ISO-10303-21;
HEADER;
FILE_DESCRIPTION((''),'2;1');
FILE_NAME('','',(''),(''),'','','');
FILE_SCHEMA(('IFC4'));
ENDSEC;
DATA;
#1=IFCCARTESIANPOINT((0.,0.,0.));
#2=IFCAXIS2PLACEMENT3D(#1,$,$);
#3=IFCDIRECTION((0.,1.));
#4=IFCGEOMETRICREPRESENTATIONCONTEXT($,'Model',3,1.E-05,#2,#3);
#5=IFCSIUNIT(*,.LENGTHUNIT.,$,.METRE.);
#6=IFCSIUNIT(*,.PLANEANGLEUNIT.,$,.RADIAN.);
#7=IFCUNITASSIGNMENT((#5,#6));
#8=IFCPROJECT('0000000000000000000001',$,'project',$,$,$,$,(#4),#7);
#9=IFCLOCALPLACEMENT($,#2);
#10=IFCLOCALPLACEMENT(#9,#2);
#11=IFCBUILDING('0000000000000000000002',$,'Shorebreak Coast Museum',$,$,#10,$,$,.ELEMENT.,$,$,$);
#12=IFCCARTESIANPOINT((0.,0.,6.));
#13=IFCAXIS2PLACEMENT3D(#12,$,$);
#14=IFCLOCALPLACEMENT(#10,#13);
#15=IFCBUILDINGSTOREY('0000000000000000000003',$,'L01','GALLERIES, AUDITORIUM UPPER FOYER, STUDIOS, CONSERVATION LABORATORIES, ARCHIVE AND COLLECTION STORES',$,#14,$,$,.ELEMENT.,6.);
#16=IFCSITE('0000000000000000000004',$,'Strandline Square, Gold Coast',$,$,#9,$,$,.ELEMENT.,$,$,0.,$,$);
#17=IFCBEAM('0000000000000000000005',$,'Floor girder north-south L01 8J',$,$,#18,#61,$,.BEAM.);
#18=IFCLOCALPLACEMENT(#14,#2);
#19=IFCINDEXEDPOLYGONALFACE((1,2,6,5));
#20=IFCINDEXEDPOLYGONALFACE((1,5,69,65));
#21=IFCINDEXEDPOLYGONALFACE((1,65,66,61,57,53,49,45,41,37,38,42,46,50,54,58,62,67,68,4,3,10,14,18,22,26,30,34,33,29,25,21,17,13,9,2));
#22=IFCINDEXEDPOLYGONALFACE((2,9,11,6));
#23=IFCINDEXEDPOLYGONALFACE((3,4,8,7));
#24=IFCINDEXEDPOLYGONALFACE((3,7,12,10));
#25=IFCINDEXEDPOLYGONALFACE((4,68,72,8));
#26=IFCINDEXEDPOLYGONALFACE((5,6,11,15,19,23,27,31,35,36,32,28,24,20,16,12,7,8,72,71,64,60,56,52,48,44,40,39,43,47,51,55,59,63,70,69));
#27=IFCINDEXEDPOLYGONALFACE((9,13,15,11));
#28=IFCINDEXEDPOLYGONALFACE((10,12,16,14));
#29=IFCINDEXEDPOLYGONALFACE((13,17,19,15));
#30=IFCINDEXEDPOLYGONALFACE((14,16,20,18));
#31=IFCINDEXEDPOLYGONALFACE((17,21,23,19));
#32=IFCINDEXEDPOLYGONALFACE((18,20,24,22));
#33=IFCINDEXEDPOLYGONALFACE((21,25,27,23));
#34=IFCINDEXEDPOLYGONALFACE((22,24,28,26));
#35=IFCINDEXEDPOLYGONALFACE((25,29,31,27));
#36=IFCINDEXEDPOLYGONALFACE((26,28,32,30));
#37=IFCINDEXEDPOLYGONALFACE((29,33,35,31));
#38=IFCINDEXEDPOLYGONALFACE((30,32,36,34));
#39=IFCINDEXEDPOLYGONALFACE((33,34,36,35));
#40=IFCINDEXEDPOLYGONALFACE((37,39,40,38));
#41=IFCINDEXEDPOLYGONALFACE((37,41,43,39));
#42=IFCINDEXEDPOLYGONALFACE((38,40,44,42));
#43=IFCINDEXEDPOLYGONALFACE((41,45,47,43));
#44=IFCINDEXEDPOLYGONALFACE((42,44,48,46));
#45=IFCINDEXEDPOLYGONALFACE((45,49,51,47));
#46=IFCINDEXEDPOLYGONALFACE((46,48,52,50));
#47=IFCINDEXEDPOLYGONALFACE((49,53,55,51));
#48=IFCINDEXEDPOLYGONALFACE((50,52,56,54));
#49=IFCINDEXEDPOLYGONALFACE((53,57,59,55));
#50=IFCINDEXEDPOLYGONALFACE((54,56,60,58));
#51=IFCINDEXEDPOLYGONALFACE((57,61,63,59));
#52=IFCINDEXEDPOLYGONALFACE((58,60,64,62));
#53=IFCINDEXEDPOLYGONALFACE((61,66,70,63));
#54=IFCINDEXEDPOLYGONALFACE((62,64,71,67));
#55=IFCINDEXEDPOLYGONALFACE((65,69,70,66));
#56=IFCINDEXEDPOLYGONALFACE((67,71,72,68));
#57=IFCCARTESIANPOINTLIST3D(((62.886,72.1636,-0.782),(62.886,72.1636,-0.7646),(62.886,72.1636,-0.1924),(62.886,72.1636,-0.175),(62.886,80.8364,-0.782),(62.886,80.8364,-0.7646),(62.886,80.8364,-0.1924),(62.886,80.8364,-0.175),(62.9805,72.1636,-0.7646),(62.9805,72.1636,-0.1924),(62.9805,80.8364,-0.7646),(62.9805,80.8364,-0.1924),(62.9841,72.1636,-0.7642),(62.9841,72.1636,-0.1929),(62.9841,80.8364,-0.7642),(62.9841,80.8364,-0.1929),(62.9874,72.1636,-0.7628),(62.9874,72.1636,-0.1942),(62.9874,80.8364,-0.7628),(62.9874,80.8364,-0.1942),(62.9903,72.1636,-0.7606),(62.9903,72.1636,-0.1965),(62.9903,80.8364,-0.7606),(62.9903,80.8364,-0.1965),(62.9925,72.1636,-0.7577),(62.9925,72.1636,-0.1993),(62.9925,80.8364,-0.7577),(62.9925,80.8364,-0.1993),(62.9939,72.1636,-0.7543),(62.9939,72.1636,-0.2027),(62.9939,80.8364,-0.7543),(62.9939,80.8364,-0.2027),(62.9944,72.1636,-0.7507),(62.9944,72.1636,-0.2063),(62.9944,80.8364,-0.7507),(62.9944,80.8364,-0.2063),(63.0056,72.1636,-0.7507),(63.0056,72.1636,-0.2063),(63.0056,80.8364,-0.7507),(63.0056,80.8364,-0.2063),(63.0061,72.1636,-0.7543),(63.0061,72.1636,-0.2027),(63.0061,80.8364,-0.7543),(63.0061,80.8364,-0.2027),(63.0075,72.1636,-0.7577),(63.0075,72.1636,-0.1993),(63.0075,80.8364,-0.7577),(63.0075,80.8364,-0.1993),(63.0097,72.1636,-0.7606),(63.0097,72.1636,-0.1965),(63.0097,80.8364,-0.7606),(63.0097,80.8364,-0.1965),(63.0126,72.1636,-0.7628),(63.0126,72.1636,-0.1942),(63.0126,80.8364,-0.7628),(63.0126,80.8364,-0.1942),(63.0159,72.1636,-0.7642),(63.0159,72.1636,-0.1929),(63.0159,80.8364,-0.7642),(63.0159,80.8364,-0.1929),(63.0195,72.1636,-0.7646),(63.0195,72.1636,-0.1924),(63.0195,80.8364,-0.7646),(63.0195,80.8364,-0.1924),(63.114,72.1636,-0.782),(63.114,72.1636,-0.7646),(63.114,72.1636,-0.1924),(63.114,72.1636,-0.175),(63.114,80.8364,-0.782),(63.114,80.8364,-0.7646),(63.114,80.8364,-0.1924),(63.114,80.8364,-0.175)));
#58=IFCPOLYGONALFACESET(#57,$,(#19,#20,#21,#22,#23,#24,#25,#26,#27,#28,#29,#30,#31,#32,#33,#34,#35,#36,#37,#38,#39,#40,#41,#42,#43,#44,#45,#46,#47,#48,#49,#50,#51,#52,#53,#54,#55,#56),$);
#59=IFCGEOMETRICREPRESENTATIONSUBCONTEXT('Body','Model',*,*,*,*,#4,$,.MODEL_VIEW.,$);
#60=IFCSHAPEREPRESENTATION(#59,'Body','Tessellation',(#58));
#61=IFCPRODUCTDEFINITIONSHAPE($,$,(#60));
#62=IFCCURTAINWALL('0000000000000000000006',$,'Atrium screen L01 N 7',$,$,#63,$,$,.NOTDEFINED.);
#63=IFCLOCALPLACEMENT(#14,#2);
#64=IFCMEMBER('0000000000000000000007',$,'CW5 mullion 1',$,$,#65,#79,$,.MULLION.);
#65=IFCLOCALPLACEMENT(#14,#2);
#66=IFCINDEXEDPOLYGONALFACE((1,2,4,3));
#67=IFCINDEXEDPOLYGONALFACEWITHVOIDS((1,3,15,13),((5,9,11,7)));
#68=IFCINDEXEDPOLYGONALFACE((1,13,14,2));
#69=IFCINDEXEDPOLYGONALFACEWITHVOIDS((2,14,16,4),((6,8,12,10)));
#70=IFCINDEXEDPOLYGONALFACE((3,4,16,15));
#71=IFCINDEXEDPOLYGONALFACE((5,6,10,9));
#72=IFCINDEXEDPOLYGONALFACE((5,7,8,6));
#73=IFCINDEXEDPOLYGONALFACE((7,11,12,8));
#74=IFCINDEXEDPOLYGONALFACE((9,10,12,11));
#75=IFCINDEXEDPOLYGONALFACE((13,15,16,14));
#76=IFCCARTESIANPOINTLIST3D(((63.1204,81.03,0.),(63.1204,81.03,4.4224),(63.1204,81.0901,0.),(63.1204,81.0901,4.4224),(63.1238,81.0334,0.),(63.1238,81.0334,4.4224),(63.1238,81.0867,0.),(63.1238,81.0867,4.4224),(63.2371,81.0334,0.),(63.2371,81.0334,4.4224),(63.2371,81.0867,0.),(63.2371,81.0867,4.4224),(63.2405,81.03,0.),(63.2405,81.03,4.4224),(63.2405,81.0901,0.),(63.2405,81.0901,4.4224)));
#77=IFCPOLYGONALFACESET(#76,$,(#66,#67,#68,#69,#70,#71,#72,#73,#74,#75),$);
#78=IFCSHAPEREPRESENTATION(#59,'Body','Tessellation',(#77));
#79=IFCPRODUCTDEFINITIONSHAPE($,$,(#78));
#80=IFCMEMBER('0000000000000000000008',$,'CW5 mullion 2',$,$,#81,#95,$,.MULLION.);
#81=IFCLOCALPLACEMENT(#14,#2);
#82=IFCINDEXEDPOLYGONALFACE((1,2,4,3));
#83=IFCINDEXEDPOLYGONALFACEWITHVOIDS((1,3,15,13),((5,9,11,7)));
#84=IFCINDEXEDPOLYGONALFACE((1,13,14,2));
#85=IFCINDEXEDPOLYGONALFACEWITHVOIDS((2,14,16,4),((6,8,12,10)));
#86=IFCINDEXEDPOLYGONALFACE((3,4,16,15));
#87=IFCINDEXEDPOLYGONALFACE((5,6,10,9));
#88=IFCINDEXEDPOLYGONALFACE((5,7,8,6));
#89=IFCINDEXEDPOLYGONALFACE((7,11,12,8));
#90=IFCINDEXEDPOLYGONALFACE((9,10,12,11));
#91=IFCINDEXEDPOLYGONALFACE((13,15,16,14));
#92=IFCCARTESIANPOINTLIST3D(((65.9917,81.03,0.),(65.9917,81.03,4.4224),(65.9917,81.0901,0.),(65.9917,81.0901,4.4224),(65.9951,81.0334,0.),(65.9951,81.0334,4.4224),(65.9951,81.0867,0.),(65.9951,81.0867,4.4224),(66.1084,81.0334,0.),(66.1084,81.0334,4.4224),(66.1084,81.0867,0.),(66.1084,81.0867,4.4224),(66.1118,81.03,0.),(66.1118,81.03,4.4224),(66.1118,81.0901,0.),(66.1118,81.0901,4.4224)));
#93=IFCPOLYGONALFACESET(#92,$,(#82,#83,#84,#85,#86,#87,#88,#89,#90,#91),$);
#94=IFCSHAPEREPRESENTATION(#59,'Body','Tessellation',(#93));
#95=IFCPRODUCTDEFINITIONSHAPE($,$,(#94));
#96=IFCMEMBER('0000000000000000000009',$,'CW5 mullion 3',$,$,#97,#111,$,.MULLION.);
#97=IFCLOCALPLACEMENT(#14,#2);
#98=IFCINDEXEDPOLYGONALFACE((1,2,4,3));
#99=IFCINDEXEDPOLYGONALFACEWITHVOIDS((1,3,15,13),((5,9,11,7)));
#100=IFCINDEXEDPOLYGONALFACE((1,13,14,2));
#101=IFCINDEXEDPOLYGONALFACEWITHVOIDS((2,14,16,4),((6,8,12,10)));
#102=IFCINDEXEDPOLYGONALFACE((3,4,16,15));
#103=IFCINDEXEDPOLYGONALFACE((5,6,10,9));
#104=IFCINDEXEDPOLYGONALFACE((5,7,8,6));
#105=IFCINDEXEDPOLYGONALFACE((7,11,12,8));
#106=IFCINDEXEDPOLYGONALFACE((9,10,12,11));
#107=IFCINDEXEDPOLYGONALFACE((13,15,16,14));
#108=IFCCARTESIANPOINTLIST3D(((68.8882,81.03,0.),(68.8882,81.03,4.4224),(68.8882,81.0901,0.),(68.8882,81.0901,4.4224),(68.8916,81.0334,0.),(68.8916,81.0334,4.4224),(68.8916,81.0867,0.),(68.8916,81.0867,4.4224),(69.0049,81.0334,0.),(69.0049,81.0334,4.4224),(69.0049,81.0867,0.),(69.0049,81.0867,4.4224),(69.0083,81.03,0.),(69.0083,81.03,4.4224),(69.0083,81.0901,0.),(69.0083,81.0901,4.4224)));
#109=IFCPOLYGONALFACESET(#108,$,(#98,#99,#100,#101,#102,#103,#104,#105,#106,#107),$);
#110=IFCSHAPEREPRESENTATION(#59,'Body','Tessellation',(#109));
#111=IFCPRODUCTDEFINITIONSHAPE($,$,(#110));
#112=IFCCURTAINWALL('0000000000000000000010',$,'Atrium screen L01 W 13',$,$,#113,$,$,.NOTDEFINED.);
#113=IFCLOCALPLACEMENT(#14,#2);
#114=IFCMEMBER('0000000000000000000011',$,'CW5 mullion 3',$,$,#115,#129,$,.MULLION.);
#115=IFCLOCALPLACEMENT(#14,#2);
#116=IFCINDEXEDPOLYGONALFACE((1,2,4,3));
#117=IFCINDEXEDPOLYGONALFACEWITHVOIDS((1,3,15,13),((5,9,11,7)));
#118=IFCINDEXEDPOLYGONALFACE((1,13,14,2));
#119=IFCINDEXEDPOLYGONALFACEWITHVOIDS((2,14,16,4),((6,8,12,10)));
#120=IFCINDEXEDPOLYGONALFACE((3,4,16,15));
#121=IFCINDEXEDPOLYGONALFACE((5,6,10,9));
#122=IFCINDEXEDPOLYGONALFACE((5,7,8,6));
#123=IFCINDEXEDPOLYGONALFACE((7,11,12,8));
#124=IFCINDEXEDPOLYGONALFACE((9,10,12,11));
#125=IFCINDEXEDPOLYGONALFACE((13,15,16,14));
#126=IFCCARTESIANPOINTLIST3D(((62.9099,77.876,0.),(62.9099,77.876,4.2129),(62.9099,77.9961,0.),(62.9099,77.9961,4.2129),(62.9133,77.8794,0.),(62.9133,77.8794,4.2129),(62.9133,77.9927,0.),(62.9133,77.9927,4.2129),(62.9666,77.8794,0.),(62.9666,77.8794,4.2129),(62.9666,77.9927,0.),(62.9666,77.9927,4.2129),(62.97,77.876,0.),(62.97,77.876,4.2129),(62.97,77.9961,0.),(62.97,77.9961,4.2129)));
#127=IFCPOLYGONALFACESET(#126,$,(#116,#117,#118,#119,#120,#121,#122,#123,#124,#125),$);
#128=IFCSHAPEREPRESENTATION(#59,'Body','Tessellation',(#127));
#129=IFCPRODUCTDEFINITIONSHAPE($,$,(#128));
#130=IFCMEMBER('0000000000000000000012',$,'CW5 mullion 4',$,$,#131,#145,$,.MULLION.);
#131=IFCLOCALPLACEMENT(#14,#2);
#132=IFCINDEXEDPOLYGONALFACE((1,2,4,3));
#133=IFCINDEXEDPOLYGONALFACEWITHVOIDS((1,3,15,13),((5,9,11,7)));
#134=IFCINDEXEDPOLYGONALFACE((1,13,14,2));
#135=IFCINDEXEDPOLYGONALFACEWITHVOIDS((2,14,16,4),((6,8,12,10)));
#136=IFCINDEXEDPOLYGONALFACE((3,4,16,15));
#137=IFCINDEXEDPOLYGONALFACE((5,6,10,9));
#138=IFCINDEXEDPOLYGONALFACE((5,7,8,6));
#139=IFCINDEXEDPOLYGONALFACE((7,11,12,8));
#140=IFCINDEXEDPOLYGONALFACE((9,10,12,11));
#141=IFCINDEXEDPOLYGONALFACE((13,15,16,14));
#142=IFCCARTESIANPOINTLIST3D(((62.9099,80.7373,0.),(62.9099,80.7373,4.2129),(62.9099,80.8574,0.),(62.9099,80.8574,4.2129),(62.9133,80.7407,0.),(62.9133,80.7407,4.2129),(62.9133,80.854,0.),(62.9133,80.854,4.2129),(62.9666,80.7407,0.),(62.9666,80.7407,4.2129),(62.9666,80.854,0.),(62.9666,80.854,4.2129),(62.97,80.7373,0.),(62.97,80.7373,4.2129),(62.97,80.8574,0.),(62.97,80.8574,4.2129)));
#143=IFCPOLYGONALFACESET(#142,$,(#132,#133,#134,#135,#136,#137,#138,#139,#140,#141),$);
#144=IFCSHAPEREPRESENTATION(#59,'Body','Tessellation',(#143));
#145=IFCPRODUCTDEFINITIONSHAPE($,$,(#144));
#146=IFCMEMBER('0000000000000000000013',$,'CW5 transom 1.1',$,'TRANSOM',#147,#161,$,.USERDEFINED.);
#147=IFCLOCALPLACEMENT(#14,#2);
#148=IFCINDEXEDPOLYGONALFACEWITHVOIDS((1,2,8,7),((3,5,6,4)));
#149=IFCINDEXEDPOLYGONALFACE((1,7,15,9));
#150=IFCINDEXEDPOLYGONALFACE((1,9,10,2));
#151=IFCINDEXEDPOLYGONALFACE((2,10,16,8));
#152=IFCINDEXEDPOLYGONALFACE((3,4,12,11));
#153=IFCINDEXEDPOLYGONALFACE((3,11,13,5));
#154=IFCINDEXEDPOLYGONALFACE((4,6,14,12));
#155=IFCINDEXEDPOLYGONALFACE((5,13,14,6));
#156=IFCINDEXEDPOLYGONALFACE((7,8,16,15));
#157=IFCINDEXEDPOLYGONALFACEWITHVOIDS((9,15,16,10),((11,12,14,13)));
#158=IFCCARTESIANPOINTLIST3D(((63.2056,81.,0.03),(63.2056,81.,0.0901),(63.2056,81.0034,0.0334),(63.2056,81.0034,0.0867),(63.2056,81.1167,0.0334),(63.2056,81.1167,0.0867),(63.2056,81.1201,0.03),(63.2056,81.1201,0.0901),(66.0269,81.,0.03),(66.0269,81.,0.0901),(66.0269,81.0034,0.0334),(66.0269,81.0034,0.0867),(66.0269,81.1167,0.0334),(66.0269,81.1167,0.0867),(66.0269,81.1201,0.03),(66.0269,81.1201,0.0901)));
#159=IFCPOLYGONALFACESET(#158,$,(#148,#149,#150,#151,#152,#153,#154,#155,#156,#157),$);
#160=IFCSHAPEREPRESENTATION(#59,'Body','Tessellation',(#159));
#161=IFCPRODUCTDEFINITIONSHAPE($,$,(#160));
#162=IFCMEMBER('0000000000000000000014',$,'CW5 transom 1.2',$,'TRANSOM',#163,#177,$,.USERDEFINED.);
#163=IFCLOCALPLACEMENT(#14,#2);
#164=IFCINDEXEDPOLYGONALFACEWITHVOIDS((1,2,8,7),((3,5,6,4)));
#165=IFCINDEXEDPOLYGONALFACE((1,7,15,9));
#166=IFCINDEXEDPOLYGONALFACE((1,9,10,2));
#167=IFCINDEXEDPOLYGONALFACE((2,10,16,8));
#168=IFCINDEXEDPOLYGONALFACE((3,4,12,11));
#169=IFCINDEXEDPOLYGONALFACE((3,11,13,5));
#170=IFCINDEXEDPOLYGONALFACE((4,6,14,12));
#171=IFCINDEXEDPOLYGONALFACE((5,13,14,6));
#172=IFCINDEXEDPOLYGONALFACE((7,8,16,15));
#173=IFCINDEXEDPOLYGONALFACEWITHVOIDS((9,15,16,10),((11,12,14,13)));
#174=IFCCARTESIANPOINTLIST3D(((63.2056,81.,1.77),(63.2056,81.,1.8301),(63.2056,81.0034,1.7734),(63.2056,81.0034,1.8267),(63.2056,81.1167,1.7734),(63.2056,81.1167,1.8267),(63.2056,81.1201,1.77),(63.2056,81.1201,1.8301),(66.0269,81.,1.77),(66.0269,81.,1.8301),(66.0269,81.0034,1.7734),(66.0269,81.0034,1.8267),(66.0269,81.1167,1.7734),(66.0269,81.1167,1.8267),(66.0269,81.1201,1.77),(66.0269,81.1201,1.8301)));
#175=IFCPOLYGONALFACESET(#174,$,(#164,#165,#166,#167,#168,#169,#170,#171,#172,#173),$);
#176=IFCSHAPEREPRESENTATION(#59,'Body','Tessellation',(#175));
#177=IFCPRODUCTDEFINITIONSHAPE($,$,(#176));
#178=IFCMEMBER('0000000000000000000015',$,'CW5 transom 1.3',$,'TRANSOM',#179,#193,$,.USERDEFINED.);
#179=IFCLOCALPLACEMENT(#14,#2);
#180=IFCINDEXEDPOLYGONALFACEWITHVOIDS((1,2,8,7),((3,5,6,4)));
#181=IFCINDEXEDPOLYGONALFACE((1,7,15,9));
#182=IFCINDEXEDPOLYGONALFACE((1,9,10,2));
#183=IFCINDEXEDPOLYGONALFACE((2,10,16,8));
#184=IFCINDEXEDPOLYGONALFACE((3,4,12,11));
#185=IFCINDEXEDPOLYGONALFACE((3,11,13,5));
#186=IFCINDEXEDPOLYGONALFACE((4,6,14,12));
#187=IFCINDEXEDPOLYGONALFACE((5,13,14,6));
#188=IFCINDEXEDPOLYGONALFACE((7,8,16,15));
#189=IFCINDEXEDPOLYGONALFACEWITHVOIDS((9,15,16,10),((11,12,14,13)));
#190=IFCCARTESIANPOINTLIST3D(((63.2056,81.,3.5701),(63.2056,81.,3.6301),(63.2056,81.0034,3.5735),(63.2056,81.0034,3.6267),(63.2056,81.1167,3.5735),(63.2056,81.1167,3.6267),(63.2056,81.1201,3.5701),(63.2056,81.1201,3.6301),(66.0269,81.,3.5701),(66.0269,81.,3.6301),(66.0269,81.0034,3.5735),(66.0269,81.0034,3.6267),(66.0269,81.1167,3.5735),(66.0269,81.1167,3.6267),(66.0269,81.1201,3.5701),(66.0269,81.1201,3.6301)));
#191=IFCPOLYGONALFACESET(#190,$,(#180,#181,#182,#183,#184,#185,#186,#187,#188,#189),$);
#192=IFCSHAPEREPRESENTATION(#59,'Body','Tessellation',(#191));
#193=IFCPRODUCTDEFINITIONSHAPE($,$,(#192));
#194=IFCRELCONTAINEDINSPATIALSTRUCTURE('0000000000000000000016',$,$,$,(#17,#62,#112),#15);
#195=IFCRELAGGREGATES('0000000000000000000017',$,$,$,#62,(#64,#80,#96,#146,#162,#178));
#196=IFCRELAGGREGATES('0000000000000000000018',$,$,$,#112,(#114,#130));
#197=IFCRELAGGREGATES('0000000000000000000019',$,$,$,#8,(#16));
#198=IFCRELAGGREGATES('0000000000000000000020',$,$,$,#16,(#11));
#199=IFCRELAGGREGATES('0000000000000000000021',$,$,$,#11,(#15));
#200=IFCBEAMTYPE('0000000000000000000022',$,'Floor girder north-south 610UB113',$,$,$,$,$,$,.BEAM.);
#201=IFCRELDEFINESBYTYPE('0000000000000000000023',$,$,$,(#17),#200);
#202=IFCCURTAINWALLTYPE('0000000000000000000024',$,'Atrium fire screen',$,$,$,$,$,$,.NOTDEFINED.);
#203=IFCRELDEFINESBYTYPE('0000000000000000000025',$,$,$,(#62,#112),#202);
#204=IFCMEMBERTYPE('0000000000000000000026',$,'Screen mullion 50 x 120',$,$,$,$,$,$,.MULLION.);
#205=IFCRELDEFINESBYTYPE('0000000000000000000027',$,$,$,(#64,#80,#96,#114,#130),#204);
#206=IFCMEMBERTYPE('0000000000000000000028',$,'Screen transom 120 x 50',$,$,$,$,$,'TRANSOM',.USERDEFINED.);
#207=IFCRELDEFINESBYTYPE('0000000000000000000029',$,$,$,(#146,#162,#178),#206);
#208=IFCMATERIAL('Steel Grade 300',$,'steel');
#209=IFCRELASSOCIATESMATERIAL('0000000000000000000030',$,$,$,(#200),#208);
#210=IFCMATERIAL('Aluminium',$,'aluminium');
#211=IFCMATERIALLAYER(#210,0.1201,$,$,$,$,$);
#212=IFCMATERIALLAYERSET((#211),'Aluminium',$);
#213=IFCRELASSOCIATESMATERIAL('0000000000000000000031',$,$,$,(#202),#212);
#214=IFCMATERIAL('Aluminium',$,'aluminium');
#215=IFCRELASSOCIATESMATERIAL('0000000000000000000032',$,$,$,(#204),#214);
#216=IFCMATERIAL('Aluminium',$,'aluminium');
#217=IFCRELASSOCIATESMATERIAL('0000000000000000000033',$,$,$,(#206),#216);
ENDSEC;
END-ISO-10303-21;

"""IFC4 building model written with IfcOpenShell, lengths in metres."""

from ifc_helpers import new_model, si_unit, direction, frame, origin, origin_2d, place, context, subcontext, project, spatial, hollow_rectangle, i_section, extrude, material, layer, layer_set, material_profile, profile_set, type_object, element, aggregate, save


model = new_model("IFC4")

# Units and contexts
model_context = context("Model", 3, precision=1e-05, world=origin(), true_north=direction((0.0, 1.0)))
body_context = subcontext(model_context, "Body", "Model", "MODEL_VIEW")
ifc_project = project(units=[si_unit("LENGTHUNIT", "METRE"), si_unit("PLANEANGLEUNIT", "RADIAN")], contexts=[model_context])

# Site, building, storey
site_placement = place(None, origin())
site = spatial("IfcSite", under=ifc_project, at=site_placement, Name="Strandline Square, Gold Coast", CompositionType="ELEMENT", RefElevation=0.0)
building_placement = place(site_placement, origin())
building = spatial("IfcBuilding", under=site, at=building_placement, Name="Shorebreak Coast Museum", CompositionType="ELEMENT")
storey_placement = place(building_placement, frame((0.0, 0.0, 6.0)))
storey = spatial("IfcBuildingStorey", under=building, at=storey_placement, Name="L01", Description="GALLERIES, AUDITORIUM UPPER FOYER, STUDIOS, CONSERVATION LABORATORIES, ARCHIVE AND COLLECTION STORES", CompositionType="ELEMENT", Elevation=6.0)

# Beam
ifc_material_1 = material(Name="Steel Grade 300", Category="steel")
ifc_material_profile_1 = material_profile(ifc_material_1, i_section(OverallWidth=0.228, OverallDepth=0.6069, WebThickness=0.0112, FlangeThickness=0.0173, FilletRadius=0.0139, at=origin_2d()), Name="610UB113")
ifc_profile_set_1 = profile_set([ifc_material_profile_1], Name="Steel Grade 300")
beam_type_1 = type_object("IfcBeamType", Name="Floor girder north-south 610UB113", PredefinedType="BEAM", material=ifc_profile_set_1)
for number, where, z_axis, x_axis, name in (
    (1, (63.0, 72.1636, -0.4785), (0.0, 1.0, 0.0), (-1.0, 0.0, 0.0), "Floor girder north-south L01 8J"),
):
    element("IfcBeam", number, at=place(storey_placement, frame(where, z_axis=z_axis, x_axis=x_axis)), inside=storey, type_object=beam_type_1, Name=name, PredefinedType="BEAM", context=body_context, shape_type="SweptSolid", body=[
        extrude(i_section(OverallWidth=0.228, OverallDepth=0.6069, WebThickness=0.0112, FlangeThickness=0.0173, FilletRadius=0.0139, at=origin_2d()), origin(), (0.0, 0.0, 1.0), 8.6729),
    ])

# Curtain walls, members
ifc_material_2 = material(Name="Aluminium", Category="aluminium")
ifc_layer_1 = layer(ifc_material_2, 0.1201)
ifc_layer_set_1 = layer_set([ifc_layer_1], Name="Aluminium")
curtain_wall_type = type_object("IfcCurtainWallType", Name="Atrium fire screen", PredefinedType="NOTDEFINED", material=ifc_layer_set_1)
curtain_wall_1_placement = place(storey_placement, origin())
curtain_wall_1 = element("IfcCurtainWall", 2, at=curtain_wall_1_placement, inside=storey, type_object=curtain_wall_type, Name="Atrium screen L01 N 7", PredefinedType="NOTDEFINED")
ifc_material_3 = material(Name="Aluminium", Category="aluminium")
ifc_material_profile_2 = material_profile(ifc_material_3, hollow_rectangle(XDim=0.0601, YDim=0.1201, WallThickness=0.0034, at=origin_2d()), Name="AL 120x60 RHS")
ifc_profile_set_2 = profile_set([ifc_material_profile_2], Name="Aluminium")
member_type_1 = type_object("IfcMemberType", Name="Screen mullion 50 x 120", PredefinedType="MULLION", material=ifc_profile_set_2)
member_1_placement = place(storey_placement, frame((63.1804, 81.0601, 0.0), z_axis=(0.0, 0.0, 1.0), x_axis=(0.0, 1.0, 0.0)))
member_1 = element("IfcMember", 3, at=member_1_placement, type_object=member_type_1, Name="CW5 mullion 1", PredefinedType="MULLION", context=body_context, shape_type="SweptSolid", body=[
    extrude(hollow_rectangle(XDim=0.0601, YDim=0.1201, WallThickness=0.0034, at=origin_2d()), origin(), (0.0, 0.0, 1.0), 4.4224),
])
member_2_placement = place(storey_placement, frame((66.0518, 81.0601, 0.0), z_axis=(0.0, 0.0, 1.0), x_axis=(0.0, 1.0, 0.0)))
member_2 = element("IfcMember", 4, at=member_2_placement, type_object=member_type_1, Name="CW5 mullion 2", PredefinedType="MULLION", context=body_context, shape_type="SweptSolid", body=[
    extrude(hollow_rectangle(XDim=0.0601, YDim=0.1201, WallThickness=0.0034, at=origin_2d()), origin(), (0.0, 0.0, 1.0), 4.4224),
])
member_3_placement = place(storey_placement, frame((68.9482, 81.0601, 0.0), z_axis=(0.0, 0.0, 1.0), x_axis=(0.0, 1.0, 0.0)))
member_3 = element("IfcMember", 5, at=member_3_placement, type_object=member_type_1, Name="CW5 mullion 3", PredefinedType="MULLION", context=body_context, shape_type="SweptSolid", body=[
    extrude(hollow_rectangle(XDim=0.0601, YDim=0.1201, WallThickness=0.0034, at=origin_2d()), origin(), (0.0, 0.0, 1.0), 4.4224),
])
curtain_wall_2_placement = place(storey_placement, origin())
curtain_wall_2 = element("IfcCurtainWall", 6, at=curtain_wall_2_placement, inside=storey, type_object=curtain_wall_type, Name="Atrium screen L01 W 13", PredefinedType="NOTDEFINED")
member_4_placement = place(storey_placement, frame((62.9399, 77.936, 0.0), z_axis=(0.0, 0.0, 1.0), x_axis=(-1.0, 0.0, 0.0)))
member_4 = element("IfcMember", 7, at=member_4_placement, type_object=member_type_1, Name="CW5 mullion 3", PredefinedType="MULLION", context=body_context, shape_type="SweptSolid", body=[
    extrude(hollow_rectangle(XDim=0.0601, YDim=0.1201, WallThickness=0.0034, at=origin_2d()), origin(), (0.0, 0.0, 1.0), 4.2129),
])
member_5_placement = place(storey_placement, frame((62.9399, 80.7974, 0.0), z_axis=(0.0, 0.0, 1.0), x_axis=(-1.0, 0.0, 0.0)))
member_5 = element("IfcMember", 8, at=member_5_placement, type_object=member_type_1, Name="CW5 mullion 4", PredefinedType="MULLION", context=body_context, shape_type="SweptSolid", body=[
    extrude(hollow_rectangle(XDim=0.0601, YDim=0.1201, WallThickness=0.0034, at=origin_2d()), origin(), (0.0, 0.0, 1.0), 4.2129),
])

# Members
ifc_material_4 = material(Name="Aluminium", Category="aluminium")
ifc_material_profile_3 = material_profile(ifc_material_4, hollow_rectangle(XDim=0.1201, YDim=0.0601, WallThickness=0.0034, at=origin_2d()), Name="AL 60x120 RHS")
ifc_profile_set_3 = profile_set([ifc_material_profile_3], Name="Aluminium")
member_type_2 = type_object("IfcMemberType", Name="Screen transom 120 x 50", ElementType="TRANSOM", PredefinedType="USERDEFINED", material=ifc_profile_set_3)
member_6_placement = place(storey_placement, frame((63.2056, 81.0601, 0.0601), z_axis=(1.0, 0.0, 0.0), x_axis=(0.0, 1.0, 0.0)))
member_6 = element("IfcMember", 9, at=member_6_placement, type_object=member_type_2, Name="CW5 transom 1.1", ObjectType="TRANSOM", PredefinedType="USERDEFINED", context=body_context, shape_type="SweptSolid", body=[
    extrude(hollow_rectangle(XDim=0.1201, YDim=0.0601, WallThickness=0.0034, at=origin_2d()), origin(), (0.0, 0.0, 1.0), 2.8213),
])
member_7_placement = place(storey_placement, frame((63.2056, 81.0601, 1.8), z_axis=(1.0, 0.0, 0.0), x_axis=(0.0, 1.0, 0.0)))
member_7 = element("IfcMember", 10, at=member_7_placement, type_object=member_type_2, Name="CW5 transom 1.2", ObjectType="TRANSOM", PredefinedType="USERDEFINED", context=body_context, shape_type="SweptSolid", body=[
    extrude(hollow_rectangle(XDim=0.1201, YDim=0.0601, WallThickness=0.0034, at=origin_2d()), origin(), (0.0, 0.0, 1.0), 2.8213),
])
member_8_placement = place(storey_placement, frame((63.2056, 81.0601, 3.6001), z_axis=(1.0, 0.0, 0.0), x_axis=(0.0, 1.0, 0.0)))
member_8 = element("IfcMember", 11, at=member_8_placement, type_object=member_type_2, Name="CW5 transom 1.3", ObjectType="TRANSOM", PredefinedType="USERDEFINED", context=body_context, shape_type="SweptSolid", body=[
    extrude(hollow_rectangle(XDim=0.1201, YDim=0.0601, WallThickness=0.0034, at=origin_2d()), origin(), (0.0, 0.0, 1.0), 2.8213),
])

aggregate(curtain_wall_1, [member_1, member_2, member_3, member_6, member_7, member_8])
aggregate(curtain_wall_2, [member_4, member_5])

save(model, "model.ifc")
